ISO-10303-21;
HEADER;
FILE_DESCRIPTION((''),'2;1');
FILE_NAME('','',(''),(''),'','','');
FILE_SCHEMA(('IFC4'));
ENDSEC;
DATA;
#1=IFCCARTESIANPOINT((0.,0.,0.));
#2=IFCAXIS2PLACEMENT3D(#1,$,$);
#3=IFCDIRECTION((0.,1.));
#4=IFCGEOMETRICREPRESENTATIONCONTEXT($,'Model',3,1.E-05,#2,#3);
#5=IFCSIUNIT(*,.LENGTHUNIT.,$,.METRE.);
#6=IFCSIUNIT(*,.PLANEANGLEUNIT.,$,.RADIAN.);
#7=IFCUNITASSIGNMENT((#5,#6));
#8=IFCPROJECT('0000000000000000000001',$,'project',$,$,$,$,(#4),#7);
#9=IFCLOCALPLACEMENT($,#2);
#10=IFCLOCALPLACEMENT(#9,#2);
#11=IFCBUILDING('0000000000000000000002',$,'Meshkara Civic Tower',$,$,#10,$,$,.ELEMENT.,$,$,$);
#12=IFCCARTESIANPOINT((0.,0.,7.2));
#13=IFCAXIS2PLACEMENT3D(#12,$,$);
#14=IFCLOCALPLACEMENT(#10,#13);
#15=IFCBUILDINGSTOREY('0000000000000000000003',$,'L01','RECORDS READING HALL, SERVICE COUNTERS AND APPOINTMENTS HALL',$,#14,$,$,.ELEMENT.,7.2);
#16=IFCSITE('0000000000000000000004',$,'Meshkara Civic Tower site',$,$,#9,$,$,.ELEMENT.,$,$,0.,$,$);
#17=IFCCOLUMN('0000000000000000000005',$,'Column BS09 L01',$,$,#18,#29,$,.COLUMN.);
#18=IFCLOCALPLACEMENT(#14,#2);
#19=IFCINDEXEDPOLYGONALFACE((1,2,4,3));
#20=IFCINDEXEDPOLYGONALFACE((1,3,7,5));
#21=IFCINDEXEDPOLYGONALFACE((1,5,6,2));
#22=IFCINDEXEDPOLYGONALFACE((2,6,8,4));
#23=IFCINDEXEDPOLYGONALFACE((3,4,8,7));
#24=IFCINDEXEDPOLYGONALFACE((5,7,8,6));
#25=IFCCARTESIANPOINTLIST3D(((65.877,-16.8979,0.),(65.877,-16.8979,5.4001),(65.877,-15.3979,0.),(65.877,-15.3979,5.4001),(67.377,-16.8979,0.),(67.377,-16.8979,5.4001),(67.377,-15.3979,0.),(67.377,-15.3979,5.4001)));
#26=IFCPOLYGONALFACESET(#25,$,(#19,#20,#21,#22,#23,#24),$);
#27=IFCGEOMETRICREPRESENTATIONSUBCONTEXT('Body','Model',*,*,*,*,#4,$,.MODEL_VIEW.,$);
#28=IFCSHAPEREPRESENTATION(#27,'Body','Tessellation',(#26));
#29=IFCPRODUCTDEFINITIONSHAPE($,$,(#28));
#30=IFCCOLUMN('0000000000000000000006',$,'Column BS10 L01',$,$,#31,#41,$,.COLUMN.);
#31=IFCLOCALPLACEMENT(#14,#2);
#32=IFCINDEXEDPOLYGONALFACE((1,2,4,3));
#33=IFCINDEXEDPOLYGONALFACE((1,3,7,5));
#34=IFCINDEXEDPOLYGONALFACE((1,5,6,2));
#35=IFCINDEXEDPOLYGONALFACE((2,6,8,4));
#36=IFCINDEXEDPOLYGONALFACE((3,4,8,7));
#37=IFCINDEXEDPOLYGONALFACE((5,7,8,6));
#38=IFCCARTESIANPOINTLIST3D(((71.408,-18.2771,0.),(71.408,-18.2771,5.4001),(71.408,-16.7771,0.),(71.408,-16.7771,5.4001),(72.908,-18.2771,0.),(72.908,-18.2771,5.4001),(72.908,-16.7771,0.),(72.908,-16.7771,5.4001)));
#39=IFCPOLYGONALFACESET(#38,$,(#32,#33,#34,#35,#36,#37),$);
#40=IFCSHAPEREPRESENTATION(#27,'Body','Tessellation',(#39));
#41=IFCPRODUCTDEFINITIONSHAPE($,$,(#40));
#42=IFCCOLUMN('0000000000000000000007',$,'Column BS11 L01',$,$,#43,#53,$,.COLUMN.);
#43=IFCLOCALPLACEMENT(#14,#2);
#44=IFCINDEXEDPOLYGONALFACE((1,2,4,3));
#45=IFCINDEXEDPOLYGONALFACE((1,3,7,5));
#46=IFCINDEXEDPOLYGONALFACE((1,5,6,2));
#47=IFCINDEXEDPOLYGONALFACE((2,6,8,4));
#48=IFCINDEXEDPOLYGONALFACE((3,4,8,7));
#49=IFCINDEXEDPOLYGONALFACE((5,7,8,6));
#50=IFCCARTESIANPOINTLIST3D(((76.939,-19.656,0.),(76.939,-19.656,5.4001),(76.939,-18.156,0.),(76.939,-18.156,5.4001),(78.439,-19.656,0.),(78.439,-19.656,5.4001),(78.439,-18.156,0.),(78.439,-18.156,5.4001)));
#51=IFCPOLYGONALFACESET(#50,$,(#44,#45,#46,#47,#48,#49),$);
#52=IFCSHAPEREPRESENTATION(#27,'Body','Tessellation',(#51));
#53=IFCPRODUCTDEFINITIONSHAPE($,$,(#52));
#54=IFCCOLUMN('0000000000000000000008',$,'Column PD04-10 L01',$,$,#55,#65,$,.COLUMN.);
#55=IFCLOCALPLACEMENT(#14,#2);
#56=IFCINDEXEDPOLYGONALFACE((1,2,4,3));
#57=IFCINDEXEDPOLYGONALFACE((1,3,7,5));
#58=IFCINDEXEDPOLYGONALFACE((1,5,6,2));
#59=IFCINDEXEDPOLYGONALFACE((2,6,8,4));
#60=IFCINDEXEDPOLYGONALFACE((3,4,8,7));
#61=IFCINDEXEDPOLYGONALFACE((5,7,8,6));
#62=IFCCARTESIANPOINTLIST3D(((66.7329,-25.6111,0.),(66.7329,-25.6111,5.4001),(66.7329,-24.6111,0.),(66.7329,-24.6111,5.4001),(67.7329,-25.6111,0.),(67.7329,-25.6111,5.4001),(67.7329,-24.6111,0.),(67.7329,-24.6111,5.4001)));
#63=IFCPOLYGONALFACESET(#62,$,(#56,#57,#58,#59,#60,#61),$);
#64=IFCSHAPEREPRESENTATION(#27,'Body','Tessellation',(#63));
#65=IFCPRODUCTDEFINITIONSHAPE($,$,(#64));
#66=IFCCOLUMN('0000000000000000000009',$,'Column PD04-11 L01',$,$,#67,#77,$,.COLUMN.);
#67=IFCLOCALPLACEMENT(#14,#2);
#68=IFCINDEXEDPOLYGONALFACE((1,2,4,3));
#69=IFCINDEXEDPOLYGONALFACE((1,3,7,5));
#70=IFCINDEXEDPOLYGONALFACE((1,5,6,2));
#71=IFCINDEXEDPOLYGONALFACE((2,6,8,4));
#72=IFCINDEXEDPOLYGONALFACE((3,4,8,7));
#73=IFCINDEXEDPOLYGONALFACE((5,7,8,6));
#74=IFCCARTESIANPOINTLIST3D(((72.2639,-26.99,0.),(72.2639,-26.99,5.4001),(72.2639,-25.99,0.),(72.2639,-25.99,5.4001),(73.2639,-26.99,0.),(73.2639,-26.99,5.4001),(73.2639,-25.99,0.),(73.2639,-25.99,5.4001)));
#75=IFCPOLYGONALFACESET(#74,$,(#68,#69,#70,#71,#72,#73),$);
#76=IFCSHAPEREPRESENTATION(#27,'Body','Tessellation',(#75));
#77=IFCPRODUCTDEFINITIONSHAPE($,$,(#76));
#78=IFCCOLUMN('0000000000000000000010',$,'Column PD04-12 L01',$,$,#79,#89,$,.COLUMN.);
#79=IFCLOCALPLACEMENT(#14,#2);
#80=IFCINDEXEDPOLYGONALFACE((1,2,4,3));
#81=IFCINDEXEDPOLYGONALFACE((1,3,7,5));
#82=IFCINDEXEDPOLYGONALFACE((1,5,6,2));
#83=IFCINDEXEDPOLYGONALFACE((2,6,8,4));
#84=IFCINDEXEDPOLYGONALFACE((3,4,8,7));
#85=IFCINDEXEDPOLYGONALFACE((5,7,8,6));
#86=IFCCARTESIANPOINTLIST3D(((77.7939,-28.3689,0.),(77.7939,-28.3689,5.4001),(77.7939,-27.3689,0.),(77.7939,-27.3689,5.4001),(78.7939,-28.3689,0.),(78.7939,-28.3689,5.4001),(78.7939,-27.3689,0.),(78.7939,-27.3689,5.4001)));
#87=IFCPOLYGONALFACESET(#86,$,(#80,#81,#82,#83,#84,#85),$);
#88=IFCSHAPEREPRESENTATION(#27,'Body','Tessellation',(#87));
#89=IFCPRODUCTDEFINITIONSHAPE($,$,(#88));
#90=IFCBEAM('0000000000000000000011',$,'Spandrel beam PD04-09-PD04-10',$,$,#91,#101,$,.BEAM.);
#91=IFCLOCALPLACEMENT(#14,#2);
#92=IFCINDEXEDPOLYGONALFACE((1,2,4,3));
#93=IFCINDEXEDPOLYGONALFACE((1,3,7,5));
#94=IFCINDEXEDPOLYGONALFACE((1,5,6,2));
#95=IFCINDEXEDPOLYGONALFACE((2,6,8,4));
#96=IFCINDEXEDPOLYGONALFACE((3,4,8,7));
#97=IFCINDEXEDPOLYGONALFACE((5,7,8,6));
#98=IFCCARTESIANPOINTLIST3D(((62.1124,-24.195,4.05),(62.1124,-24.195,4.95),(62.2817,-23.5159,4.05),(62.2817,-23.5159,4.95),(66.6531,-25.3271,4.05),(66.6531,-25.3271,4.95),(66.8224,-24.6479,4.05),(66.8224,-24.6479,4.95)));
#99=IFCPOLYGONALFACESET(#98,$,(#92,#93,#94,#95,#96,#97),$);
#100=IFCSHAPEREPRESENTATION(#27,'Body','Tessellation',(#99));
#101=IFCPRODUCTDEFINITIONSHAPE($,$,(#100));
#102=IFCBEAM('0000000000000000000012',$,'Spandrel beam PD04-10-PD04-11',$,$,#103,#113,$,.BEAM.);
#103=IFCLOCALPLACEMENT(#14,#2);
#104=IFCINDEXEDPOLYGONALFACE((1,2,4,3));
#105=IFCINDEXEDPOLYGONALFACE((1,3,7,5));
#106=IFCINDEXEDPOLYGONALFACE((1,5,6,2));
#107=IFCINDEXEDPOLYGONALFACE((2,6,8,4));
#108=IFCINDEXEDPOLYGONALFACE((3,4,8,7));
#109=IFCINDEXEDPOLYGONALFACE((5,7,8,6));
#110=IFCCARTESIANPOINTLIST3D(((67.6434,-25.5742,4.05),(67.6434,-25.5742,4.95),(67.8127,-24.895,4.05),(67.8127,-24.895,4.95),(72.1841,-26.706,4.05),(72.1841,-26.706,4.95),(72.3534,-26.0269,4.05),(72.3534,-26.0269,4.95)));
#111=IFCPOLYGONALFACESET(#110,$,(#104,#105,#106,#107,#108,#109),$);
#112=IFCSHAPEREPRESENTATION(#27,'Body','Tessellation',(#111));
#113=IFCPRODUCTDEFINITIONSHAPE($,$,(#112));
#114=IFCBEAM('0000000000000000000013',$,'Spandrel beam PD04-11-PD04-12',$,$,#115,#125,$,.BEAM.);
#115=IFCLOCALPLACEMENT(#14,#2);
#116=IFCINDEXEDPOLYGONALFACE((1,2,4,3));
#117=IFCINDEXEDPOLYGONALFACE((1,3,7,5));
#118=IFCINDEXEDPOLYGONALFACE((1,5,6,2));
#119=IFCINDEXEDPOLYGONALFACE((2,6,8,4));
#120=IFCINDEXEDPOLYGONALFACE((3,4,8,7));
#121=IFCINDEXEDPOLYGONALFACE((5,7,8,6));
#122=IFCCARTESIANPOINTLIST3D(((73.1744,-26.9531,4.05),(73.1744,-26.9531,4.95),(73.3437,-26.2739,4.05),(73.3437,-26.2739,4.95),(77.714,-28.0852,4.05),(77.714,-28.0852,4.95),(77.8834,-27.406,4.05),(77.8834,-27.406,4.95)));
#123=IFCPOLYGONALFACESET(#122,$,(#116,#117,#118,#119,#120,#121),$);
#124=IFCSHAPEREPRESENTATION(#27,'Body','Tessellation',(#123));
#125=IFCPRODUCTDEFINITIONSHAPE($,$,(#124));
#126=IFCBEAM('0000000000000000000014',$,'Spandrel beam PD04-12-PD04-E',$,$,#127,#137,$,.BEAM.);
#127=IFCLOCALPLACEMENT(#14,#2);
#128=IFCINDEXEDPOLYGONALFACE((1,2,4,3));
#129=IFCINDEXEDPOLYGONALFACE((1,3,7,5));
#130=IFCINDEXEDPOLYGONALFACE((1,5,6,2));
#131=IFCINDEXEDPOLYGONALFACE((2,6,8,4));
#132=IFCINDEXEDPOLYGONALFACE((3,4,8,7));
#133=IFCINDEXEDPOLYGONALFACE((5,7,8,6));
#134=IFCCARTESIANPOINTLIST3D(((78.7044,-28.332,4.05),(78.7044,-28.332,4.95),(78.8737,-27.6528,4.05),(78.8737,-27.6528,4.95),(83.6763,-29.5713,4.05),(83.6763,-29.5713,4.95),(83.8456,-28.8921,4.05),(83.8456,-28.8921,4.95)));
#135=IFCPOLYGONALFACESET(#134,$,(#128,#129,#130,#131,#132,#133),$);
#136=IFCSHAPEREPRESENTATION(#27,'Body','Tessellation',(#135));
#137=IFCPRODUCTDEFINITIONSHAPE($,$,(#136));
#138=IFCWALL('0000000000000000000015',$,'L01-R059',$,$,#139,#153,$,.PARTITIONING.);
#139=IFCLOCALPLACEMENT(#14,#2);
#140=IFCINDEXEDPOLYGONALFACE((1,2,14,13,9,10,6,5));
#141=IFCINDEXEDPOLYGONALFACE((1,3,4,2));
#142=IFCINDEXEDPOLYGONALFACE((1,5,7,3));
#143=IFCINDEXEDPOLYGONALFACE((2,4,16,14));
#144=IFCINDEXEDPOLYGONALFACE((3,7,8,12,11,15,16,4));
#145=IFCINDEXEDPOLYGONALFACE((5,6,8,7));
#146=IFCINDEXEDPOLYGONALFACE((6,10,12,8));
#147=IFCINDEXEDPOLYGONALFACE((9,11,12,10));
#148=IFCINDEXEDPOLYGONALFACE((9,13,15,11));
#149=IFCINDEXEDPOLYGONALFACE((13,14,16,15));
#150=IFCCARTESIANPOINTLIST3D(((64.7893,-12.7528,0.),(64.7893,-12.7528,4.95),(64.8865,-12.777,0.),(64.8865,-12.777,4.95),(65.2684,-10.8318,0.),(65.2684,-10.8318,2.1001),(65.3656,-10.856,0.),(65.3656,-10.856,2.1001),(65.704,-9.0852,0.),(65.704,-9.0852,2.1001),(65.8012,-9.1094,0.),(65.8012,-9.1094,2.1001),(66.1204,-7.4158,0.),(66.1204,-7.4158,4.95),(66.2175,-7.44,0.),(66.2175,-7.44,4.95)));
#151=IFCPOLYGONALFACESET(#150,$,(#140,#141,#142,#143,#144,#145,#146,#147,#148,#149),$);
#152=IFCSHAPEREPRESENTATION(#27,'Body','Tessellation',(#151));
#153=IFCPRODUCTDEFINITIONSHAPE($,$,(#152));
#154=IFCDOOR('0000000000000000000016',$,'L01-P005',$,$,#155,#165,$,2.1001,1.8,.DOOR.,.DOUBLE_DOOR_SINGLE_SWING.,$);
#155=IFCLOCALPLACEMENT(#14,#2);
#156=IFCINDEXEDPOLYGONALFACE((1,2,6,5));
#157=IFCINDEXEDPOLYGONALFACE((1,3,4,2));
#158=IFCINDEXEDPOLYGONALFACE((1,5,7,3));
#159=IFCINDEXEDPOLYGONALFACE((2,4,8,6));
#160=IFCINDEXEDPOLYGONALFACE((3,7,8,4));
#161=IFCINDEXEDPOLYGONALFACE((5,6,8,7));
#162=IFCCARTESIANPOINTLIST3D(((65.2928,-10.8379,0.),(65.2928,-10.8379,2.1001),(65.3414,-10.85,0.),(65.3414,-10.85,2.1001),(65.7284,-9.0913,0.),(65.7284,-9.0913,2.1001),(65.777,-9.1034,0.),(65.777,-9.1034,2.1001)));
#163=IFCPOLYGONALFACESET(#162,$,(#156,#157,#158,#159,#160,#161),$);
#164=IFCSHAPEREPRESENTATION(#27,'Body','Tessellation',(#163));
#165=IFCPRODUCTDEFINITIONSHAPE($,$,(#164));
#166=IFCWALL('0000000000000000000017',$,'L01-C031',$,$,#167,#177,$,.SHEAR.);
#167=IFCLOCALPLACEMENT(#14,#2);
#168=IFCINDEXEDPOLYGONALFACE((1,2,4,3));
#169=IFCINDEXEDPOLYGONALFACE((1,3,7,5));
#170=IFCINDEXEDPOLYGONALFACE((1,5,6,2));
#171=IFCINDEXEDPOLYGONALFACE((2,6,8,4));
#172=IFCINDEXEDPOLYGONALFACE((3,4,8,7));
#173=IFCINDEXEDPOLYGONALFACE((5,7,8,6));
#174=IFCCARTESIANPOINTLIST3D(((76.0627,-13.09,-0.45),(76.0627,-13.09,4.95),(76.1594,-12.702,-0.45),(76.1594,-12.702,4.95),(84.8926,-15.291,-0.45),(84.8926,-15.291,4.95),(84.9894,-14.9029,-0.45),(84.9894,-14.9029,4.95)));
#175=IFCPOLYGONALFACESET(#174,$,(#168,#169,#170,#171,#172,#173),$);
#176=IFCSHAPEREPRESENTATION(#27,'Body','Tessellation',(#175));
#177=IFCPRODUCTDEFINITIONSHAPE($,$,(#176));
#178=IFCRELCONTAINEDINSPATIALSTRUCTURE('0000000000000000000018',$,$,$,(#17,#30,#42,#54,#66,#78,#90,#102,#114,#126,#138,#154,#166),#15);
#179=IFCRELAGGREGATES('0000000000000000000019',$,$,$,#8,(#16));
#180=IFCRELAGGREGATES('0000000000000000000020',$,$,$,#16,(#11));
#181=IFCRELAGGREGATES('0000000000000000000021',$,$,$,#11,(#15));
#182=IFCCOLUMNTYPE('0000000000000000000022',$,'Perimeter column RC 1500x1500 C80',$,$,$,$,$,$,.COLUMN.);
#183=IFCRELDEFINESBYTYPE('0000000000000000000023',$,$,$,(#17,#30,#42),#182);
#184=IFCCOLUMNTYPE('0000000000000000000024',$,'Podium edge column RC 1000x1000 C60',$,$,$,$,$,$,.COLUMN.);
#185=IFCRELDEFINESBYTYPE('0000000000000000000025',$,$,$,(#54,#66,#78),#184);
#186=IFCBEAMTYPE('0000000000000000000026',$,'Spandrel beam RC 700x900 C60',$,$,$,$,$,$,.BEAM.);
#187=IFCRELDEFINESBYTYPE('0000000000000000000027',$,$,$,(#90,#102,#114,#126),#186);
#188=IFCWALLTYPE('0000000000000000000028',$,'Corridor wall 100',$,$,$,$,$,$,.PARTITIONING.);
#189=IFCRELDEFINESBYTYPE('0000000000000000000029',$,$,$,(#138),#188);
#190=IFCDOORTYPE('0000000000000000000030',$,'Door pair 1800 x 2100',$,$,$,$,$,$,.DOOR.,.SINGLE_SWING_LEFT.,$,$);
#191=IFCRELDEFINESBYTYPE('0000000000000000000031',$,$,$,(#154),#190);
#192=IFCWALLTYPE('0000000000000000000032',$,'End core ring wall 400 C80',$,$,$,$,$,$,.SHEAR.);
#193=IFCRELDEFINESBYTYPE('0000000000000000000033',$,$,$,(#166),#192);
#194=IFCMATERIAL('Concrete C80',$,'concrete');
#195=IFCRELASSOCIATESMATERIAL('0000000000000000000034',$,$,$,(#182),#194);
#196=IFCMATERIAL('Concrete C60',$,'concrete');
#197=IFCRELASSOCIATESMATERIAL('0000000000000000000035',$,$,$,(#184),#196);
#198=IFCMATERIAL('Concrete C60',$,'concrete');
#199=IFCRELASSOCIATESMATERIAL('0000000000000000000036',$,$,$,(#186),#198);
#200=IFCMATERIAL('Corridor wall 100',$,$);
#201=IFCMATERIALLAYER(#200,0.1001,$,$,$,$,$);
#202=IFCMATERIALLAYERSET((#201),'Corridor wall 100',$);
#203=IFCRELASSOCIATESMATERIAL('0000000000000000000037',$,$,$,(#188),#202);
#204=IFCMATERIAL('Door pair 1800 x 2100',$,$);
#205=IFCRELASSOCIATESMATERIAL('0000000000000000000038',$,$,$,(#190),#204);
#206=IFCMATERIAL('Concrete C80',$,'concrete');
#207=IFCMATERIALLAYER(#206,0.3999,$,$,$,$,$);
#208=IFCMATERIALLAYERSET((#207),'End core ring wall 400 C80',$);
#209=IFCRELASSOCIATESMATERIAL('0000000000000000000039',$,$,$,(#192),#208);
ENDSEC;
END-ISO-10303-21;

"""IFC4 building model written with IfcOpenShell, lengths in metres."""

from ifc_helpers import new_model, si_unit, direction, frame, frame_2d, origin, origin_2d, place, context, subcontext, project, spatial, rectangle, extrude, material, layer, layer_set, material_profile, profile_set, type_object, element, fill, save


model = new_model("IFC4")

# Units and contexts
model_context = context("Model", 3, precision=1e-05, world=origin(), true_north=direction((0.0, 1.0)))
body_context = subcontext(model_context, "Body", "Model", "MODEL_VIEW")
ifc_project = project(units=[si_unit("LENGTHUNIT", "METRE"), si_unit("PLANEANGLEUNIT", "RADIAN")], contexts=[model_context])

# Site, building, storey
site_placement = place(None, origin())
site = spatial("IfcSite", under=ifc_project, at=site_placement, Name="Meshkara Civic Tower site", CompositionType="ELEMENT", RefElevation=0.0)
building_placement = place(site_placement, origin())
building = spatial("IfcBuilding", under=site, at=building_placement, Name="Meshkara Civic Tower", CompositionType="ELEMENT")
storey_placement = place(building_placement, frame((0.0, 0.0, 7.2)))
storey = spatial("IfcBuildingStorey", under=building, at=storey_placement, Name="L01", Description="RECORDS READING HALL, SERVICE COUNTERS AND APPOINTMENTS HALL", CompositionType="ELEMENT", Elevation=7.2)

# Columns
ifc_material_1 = material(Name="Concrete C80", Category="concrete")
ifc_material_profile_1 = material_profile(ifc_material_1, rectangle(XDim=1.5, YDim=1.5, at=origin_2d()))
ifc_profile_set_1 = profile_set([ifc_material_profile_1], Name="Concrete C80")
column_type_1 = type_object("IfcColumnType", Name="Perimeter column RC 1500x1500 C80", PredefinedType="COLUMN", material=ifc_profile_set_1)
for number, where, z_axis, x_axis, name in (
    (1, (66.627, -16.1479, 0.0), (0.0, 0.0, 1.0), (1.0, 0.0, 0.0), "Column BS09 L01"),
    (2, (72.158, -17.5271, 0.0), (0.0, 0.0, 1.0), (1.0, 0.0, 0.0), "Column BS10 L01"),
    (3, (77.689, -18.906, 0.0), (0.0, 0.0, 1.0), (1.0, 0.0, 0.0), "Column BS11 L01"),
):
    element("IfcColumn", number, at=place(storey_placement, frame(where, z_axis=z_axis, x_axis=x_axis)), inside=storey, type_object=column_type_1, Name=name, PredefinedType="COLUMN", context=body_context, shape_type="SweptSolid", body=[
        extrude(rectangle(XDim=1.5, YDim=1.5, at=origin_2d()), origin(), (0.0, 0.0, 1.0), 5.4001),
    ])
ifc_material_2 = material(Name="Concrete C60", Category="concrete")
ifc_material_profile_2 = material_profile(ifc_material_2, rectangle(XDim=1.0, YDim=1.0, at=origin_2d()))
ifc_profile_set_2 = profile_set([ifc_material_profile_2], Name="Concrete C60")
column_type_2 = type_object("IfcColumnType", Name="Podium edge column RC 1000x1000 C60", PredefinedType="COLUMN", material=ifc_profile_set_2)
for number, where, z_axis, x_axis, name in (
    (4, (67.2329, -25.1111, 0.0), (0.0, 0.0, 1.0), (1.0, 0.0, 0.0), "Column PD04-10 L01"),
    (5, (72.7639, -26.49, 0.0), (0.0, 0.0, 1.0), (1.0, 0.0, 0.0), "Column PD04-11 L01"),
    (6, (78.2939, -27.8689, 0.0), (0.0, 0.0, 1.0), (1.0, 0.0, 0.0), "Column PD04-12 L01"),
):
    element("IfcColumn", number, at=place(storey_placement, frame(where, z_axis=z_axis, x_axis=x_axis)), inside=storey, type_object=column_type_2, Name=name, PredefinedType="COLUMN", context=body_context, shape_type="SweptSolid", body=[
        extrude(rectangle(XDim=1.0, YDim=1.0, at=origin_2d()), origin(), (0.0, 0.0, 1.0), 5.4001),
    ])

# Beams
ifc_material_3 = material(Name="Concrete C60", Category="concrete")
ifc_material_profile_3 = material_profile(ifc_material_3, rectangle(XDim=0.7, YDim=0.8999, at=origin_2d()))
ifc_profile_set_3 = profile_set([ifc_material_profile_3], Name="Concrete C60")
beam_type = type_object("IfcBeamType", Name="Spandrel beam RC 700x900 C60", PredefinedType="BEAM", material=ifc_profile_set_3)
for number, where, z_axis, x_axis, name in (
    (7, (62.197, -23.8555, 4.5), (0.970299, -0.24191, 0.0), (0.24191, 0.970299, 0.0), "Spandrel beam PD04-09-PD04-10"),
    (8, (67.728, -25.2346, 4.5), (0.970311, -0.24186, 0.0), (0.24186, 0.970311, 0.0), "Spandrel beam PD04-10-PD04-11"),
):
    element("IfcBeam", number, at=place(storey_placement, frame(where, z_axis=z_axis, x_axis=x_axis)), inside=storey, type_object=beam_type, Name=name, PredefinedType="BEAM", context=body_context, shape_type="SweptSolid", body=[
        extrude(rectangle(XDim=0.7, YDim=0.8999, at=origin_2d()), origin(), (0.0, 0.0, 1.0), 4.6797),
    ])
beam_1_placement = place(storey_placement, frame((73.259, -26.6135, 4.5), z_axis=(0.970287, -0.241959, 0.0), x_axis=(0.241959, 0.970287, 0.0)))
element("IfcBeam", 9, at=beam_1_placement, inside=storey, type_object=beam_type, Name="Spandrel beam PD04-11-PD04-12", PredefinedType="BEAM", context=body_context, shape_type="SweptSolid", body=[
    extrude(rectangle(XDim=0.7, YDim=0.8999, at=origin_2d()), origin(), (0.0, 0.0, 1.0), 4.6787),
])
beam_2_placement = place(storey_placement, frame((78.7891, -27.9924, 4.5), z_axis=(0.970313, -0.241852, 0.0), x_axis=(0.241852, 0.970313, 0.0)))
element("IfcBeam", 10, at=beam_2_placement, inside=storey, type_object=beam_type, Name="Spandrel beam PD04-12-PD04-E", PredefinedType="BEAM", context=body_context, shape_type="SweptSolid", body=[
    extrude(rectangle(XDim=0.7, YDim=0.8999, at=origin_2d()), origin(), (0.0, 0.0, 1.0), 5.124),
])

# Wall, opening, door
ifc_material_4 = material(Name="Corridor wall 100")
ifc_layer_1 = layer(ifc_material_4, 0.1001)
ifc_layer_set_1 = layer_set([ifc_layer_1], Name="Corridor wall 100")
wall_type_1 = type_object("IfcWallType", Name="Corridor wall 100", PredefinedType="PARTITIONING", material=ifc_layer_set_1)
wall_1_placement = place(storey_placement, frame((64.8379, -12.7649, 0.0), z_axis=(0.0, 0.0, 1.0), x_axis=(0.241993, 0.970278, 0.0)))
wall_1 = element("IfcWall", 11, at=wall_1_placement, inside=storey, type_object=wall_type_1, Name="L01-R059", PredefinedType="PARTITIONING", context=body_context, shape_type="SweptSolid", body=[
    extrude(rectangle(XDim=5.5005, YDim=0.1001, at=frame_2d((2.7502, 0.0))), origin(), (0.0, 0.0, 1.0), 4.95),
])
opening_1_placement = place(wall_1_placement, frame((1.98, 0.0, 0.0)))
opening_1 = element("IfcOpeningElement", 12, at=opening_1_placement, cuts=wall_1, PredefinedType="OPENING", context=body_context, shape_type="SweptSolid", body=[
    extrude(rectangle(XDim=1.8, YDim=2.1001, at=frame_2d((0.8999, 1.05))), frame((0.0, 0.0601, 0.0), z_axis=(0.0, -1.0, 0.0), x_axis=(1.0, 0.0, 0.0)), (0.0, 0.0, 1.0), 0.1201),
])
ifc_material_5 = material(Name="Door pair 1800 x 2100")
door_type_1 = type_object("IfcDoorType", Name="Door pair 1800 x 2100", OperationType="SINGLE_SWING_LEFT", PredefinedType="DOOR", material=ifc_material_5)
door_1_placement = place(opening_1_placement, origin())
door_1 = element("IfcDoor", 13, at=door_1_placement, inside=storey, type_object=door_type_1, Name="L01-P005", OperationType="DOUBLE_DOOR_SINGLE_SWING", OverallHeight=2.1001, OverallWidth=1.8, PredefinedType="DOOR", context=body_context, shape_type="SweptSolid", body=[
    extrude(rectangle(XDim=1.8, YDim=2.1001, at=frame_2d((0.8999, 1.05))), frame((0.0, 0.0249, 0.0), z_axis=(0.0, -1.0, 0.0), x_axis=(1.0, 0.0, 0.0)), (0.0, 0.0, 1.0), 0.05),
])
fill(opening_1, door_1)

# Wall
ifc_material_6 = material(Name="Concrete C80", Category="concrete")
ifc_layer_2 = layer(ifc_material_6, 0.3999)
ifc_layer_set_2 = layer_set([ifc_layer_2], Name="End core ring wall 400 C80")
wall_type_2 = type_object("IfcWallType", Name="End core ring wall 400 C80", PredefinedType="SHEAR", material=ifc_layer_set_2)
wall_2_placement = place(storey_placement, frame((76.1111, -12.896, -0.45), z_axis=(0.0, 0.0, 1.0), x_axis=(0.970311, -0.24186, 0.0)))
element("IfcWall", 14, at=wall_2_placement, inside=storey, type_object=wall_type_2, Name="L01-C031", PredefinedType="SHEAR", context=body_context, shape_type="SweptSolid", body=[
    extrude(rectangle(XDim=9.1001, YDim=0.3999, at=frame_2d((4.55, 0.0))), origin(), (0.0, 0.0, 1.0), 5.3999),
])

save(model, "model.ifc")
